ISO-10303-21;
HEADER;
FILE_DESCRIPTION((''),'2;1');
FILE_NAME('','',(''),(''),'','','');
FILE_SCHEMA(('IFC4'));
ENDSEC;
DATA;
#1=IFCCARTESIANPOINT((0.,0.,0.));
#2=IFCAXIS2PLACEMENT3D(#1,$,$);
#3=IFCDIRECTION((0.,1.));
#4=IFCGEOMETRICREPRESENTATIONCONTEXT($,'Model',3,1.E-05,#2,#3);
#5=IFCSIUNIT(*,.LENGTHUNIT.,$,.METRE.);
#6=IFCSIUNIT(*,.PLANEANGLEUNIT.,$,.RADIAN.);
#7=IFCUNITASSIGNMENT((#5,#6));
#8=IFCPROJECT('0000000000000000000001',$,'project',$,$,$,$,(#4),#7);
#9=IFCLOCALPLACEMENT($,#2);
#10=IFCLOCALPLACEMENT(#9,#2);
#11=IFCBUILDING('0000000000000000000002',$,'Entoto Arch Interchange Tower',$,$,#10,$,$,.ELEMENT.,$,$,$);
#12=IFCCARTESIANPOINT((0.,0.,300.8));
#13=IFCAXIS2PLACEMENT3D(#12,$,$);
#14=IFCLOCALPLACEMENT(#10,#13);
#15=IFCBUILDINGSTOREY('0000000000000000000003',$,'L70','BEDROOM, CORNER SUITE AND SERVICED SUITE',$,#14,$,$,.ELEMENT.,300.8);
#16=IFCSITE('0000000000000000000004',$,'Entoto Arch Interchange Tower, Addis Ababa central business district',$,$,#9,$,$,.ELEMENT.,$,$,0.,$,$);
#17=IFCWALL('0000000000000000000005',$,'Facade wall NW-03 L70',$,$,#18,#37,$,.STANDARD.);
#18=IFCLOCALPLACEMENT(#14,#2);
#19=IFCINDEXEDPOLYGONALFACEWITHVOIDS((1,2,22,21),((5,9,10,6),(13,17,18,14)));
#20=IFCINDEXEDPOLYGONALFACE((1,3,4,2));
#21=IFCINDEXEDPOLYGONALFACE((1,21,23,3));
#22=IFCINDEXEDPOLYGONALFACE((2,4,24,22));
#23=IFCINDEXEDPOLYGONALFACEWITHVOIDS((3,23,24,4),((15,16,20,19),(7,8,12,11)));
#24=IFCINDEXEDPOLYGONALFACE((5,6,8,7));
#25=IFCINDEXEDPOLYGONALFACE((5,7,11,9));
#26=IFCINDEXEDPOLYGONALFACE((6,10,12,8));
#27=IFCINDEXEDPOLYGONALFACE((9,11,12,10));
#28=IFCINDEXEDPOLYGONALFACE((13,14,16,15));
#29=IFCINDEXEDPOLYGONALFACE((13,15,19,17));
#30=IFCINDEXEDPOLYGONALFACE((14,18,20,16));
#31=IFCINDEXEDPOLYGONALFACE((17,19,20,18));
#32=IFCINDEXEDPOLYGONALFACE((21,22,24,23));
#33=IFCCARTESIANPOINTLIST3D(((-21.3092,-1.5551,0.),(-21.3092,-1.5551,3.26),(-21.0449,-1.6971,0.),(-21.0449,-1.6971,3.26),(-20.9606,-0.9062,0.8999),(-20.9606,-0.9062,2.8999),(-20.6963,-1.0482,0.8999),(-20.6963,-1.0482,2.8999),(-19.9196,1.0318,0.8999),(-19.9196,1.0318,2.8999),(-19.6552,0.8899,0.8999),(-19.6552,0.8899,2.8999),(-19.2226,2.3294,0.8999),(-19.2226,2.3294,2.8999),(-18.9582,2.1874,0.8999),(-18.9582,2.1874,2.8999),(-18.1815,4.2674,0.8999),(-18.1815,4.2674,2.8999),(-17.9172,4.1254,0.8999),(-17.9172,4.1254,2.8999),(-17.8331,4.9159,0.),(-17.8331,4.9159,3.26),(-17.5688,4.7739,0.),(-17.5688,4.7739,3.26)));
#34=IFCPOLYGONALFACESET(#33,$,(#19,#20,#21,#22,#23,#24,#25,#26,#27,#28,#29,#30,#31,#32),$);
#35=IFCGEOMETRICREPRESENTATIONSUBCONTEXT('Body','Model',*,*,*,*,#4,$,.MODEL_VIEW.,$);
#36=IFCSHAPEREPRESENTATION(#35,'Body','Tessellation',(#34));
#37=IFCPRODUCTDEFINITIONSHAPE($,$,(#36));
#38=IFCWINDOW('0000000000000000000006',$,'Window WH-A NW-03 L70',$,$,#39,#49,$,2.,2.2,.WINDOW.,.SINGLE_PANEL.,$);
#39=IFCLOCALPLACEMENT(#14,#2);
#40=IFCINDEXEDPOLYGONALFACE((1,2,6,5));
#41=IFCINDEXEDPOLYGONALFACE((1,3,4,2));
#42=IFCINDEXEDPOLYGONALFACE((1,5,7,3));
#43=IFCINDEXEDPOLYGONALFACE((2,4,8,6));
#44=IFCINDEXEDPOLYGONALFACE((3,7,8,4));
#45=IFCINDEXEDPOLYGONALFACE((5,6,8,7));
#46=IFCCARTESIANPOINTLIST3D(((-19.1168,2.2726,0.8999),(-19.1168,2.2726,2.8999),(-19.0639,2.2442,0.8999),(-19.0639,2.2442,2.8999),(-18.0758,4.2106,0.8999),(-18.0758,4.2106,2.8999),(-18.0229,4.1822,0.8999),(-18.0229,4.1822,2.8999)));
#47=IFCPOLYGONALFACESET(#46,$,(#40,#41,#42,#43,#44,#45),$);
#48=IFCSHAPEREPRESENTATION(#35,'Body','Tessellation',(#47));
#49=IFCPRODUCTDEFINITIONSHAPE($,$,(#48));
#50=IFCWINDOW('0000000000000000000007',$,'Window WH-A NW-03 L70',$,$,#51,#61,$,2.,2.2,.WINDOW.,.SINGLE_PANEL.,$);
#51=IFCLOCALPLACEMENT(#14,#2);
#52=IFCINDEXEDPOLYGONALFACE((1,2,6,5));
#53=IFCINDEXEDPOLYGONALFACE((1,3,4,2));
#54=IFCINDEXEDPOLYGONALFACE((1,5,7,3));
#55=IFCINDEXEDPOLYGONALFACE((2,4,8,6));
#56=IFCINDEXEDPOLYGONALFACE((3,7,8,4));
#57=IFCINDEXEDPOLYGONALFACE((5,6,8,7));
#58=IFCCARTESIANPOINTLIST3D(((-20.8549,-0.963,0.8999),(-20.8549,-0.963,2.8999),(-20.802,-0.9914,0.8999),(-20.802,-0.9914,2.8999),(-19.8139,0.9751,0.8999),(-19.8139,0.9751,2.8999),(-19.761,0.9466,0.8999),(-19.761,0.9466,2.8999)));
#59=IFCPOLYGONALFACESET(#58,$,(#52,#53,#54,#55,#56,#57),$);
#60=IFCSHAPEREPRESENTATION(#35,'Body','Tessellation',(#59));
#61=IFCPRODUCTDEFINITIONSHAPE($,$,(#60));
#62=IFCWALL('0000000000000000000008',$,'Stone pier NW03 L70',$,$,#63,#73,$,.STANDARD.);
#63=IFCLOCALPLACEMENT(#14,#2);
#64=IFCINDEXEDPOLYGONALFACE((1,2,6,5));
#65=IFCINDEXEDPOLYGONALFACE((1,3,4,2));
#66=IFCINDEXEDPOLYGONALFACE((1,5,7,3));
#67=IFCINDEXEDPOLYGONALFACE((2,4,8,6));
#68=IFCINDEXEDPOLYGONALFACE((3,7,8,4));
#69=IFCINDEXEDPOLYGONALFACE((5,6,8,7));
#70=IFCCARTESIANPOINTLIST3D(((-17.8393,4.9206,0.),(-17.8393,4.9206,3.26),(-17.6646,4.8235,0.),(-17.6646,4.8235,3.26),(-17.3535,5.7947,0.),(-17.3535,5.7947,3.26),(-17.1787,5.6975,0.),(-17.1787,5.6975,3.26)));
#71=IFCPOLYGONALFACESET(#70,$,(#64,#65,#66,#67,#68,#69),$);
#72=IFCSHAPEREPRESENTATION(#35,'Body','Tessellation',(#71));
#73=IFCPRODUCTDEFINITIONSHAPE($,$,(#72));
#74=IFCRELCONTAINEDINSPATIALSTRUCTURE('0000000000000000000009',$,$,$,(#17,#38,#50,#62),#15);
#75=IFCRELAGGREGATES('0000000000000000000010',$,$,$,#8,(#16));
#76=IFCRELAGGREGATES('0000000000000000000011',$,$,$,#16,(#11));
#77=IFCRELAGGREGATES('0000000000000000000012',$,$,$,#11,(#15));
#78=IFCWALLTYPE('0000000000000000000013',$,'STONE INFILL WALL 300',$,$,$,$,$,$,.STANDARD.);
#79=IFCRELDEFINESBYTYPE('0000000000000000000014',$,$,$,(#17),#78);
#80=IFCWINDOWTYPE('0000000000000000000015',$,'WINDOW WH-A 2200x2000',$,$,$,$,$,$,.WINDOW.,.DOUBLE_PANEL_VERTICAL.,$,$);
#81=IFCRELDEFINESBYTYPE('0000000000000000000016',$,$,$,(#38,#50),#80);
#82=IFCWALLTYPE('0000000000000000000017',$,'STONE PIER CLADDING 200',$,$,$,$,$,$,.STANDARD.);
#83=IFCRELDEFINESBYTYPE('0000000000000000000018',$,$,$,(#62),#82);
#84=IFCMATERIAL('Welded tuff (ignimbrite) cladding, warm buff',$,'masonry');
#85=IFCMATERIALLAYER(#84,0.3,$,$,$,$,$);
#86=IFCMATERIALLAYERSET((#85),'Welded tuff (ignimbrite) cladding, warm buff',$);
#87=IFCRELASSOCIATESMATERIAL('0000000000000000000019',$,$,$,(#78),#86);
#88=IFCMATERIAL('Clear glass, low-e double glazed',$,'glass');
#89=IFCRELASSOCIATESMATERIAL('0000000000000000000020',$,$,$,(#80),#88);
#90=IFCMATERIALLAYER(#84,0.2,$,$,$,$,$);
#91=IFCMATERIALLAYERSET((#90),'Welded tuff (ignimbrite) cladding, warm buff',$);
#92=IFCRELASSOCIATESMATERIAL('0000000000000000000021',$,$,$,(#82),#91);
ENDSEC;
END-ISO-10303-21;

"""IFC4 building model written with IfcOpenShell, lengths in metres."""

from ifc_helpers import new_model, si_unit, direction, frame, frame_2d, origin, place, context, subcontext, project, spatial, rectangle, extrude, material, layer, layer_set, type_object, element, fill, save


model = new_model("IFC4")

# Units and contexts
model_context = context("Model", 3, precision=1e-05, world=origin(), true_north=direction((0.0, 1.0)))
body_context = subcontext(model_context, "Body", "Model", "MODEL_VIEW")
ifc_project = project(units=[si_unit("LENGTHUNIT", "METRE"), si_unit("PLANEANGLEUNIT", "RADIAN")], contexts=[model_context])

# Site, building, storey
site_placement = place(None, origin())
site = spatial("IfcSite", under=ifc_project, at=site_placement, Name="Entoto Arch Interchange Tower, Addis Ababa central business district", CompositionType="ELEMENT", RefElevation=0.0)
building_placement = place(site_placement, origin())
building = spatial("IfcBuilding", under=site, at=building_placement, Name="Entoto Arch Interchange Tower", CompositionType="ELEMENT")
storey_placement = place(building_placement, frame((0.0, 0.0, 300.8)))
storey = spatial("IfcBuildingStorey", under=building, at=storey_placement, Name="L70", Description="BEDROOM, CORNER SUITE AND SERVICED SUITE", CompositionType="ELEMENT", Elevation=300.8)

# Wall, openings, windows
ifc_material_1 = material(Name="Welded tuff (ignimbrite) cladding, warm buff", Category="masonry")
ifc_layer_1 = layer(ifc_material_1, 0.3)
ifc_layer_set_1 = layer_set([ifc_layer_1], Name="Welded tuff (ignimbrite) cladding, warm buff")
wall_type_1 = type_object("IfcWallType", Name="STONE INFILL WALL 300", PredefinedType="STANDARD", material=ifc_layer_set_1)
wall_1_placement = place(storey_placement, frame((-17.7009, 4.845, 0.0), z_axis=(0.0, 0.0, 1.0), x_axis=(-0.473226, -0.880941, 0.0)))
wall_1 = element("IfcWall", 1, at=wall_1_placement, inside=storey, type_object=wall_type_1, Name="Facade wall NW-03 L70", PredefinedType="STANDARD", context=body_context, shape_type="SweptSolid", body=[
    extrude(rectangle(XDim=7.3455, YDim=0.3, at=frame_2d((3.6729, 0.0))), origin(), (0.0, 0.0, 1.0), 3.26),
])
opening_1_placement = place(wall_1_placement, frame((0.7361, 0.0, 0.8999)))
opening_1 = element("IfcOpeningElement", 2, at=opening_1_placement, cuts=wall_1, PredefinedType="OPENING", context=body_context, shape_type="SweptSolid", body=[
    extrude(rectangle(XDim=2.2, YDim=2.0, at=frame_2d((1.1001, 1.0))), frame((0.0, 0.1602, 0.0), z_axis=(0.0, -1.0, 0.0), x_axis=(1.0, 0.0, 0.0)), (0.0, 0.0, 1.0), 0.3201),
])
opening_2_placement = place(wall_1_placement, frame((4.4089, 0.0, 0.8999)))
opening_2 = element("IfcOpeningElement", 3, at=opening_2_placement, cuts=wall_1, PredefinedType="OPENING", context=body_context, shape_type="SweptSolid", body=[
    extrude(rectangle(XDim=2.2, YDim=2.0, at=frame_2d((1.1001, 1.0))), frame((0.0, 0.1602, 0.0), z_axis=(0.0, -1.0, 0.0), x_axis=(1.0, 0.0, 0.0)), (0.0, 0.0, 1.0), 0.3201),
])
ifc_material_2 = material(Name="Clear glass, low-e double glazed", Category="glass")
window_type = type_object("IfcWindowType", Name="WINDOW WH-A 2200x2000", PartitioningType="DOUBLE_PANEL_VERTICAL", PredefinedType="WINDOW", material=ifc_material_2)
window_1_placement = place(opening_1_placement, origin())
window_1 = element("IfcWindow", 4, at=window_1_placement, inside=storey, type_object=window_type, Name="Window WH-A NW-03 L70", OverallHeight=2.0, OverallWidth=2.2, PartitioningType="SINGLE_PANEL", PredefinedType="WINDOW", context=body_context, shape_type="SweptSolid", body=[
    extrude(rectangle(XDim=2.2, YDim=2.0, at=frame_2d((1.1001, 1.0))), frame((0.0, 0.03, 0.0), z_axis=(0.0, -1.0, 0.0), x_axis=(1.0, 0.0, 0.0)), (0.0, 0.0, 1.0), 0.0601),
])
fill(opening_1, window_1)
window_2_placement = place(opening_2_placement, origin())
window_2 = element("IfcWindow", 5, at=window_2_placement, inside=storey, type_object=window_type, Name="Window WH-A NW-03 L70", OverallHeight=2.0, OverallWidth=2.2, PartitioningType="SINGLE_PANEL", PredefinedType="WINDOW", context=body_context, shape_type="SweptSolid", body=[
    extrude(rectangle(XDim=2.2, YDim=2.0, at=frame_2d((1.1001, 1.0))), frame((0.0, 0.03, 0.0), z_axis=(0.0, -1.0, 0.0), x_axis=(1.0, 0.0, 0.0)), (0.0, 0.0, 1.0), 0.0601),
])
fill(opening_2, window_2)

# Wall
ifc_layer_2 = layer(ifc_material_1, 0.2)
ifc_layer_set_2 = layer_set([ifc_layer_2], Name="Welded tuff (ignimbrite) cladding, warm buff")
wall_type_2 = type_object("IfcWallType", Name="STONE PIER CLADDING 200", PredefinedType="STANDARD", material=ifc_layer_set_2)
wall_2_placement = place(storey_placement, frame((-17.2661, 5.7461, 0.0), z_axis=(0.0, 0.0, 1.0), x_axis=(-0.48585, -0.874042, 0.0)))
element("IfcWall", 6, at=wall_2_placement, inside=storey, type_object=wall_type_2, Name="Stone pier NW03 L70", PredefinedType="STANDARD", context=body_context, shape_type="SweptSolid", body=[
    extrude(rectangle(XDim=1.0, YDim=0.2, at=frame_2d((0.5, 0.0))), origin(), (0.0, 0.0, 1.0), 3.26),
])

save(model, "model.ifc")
